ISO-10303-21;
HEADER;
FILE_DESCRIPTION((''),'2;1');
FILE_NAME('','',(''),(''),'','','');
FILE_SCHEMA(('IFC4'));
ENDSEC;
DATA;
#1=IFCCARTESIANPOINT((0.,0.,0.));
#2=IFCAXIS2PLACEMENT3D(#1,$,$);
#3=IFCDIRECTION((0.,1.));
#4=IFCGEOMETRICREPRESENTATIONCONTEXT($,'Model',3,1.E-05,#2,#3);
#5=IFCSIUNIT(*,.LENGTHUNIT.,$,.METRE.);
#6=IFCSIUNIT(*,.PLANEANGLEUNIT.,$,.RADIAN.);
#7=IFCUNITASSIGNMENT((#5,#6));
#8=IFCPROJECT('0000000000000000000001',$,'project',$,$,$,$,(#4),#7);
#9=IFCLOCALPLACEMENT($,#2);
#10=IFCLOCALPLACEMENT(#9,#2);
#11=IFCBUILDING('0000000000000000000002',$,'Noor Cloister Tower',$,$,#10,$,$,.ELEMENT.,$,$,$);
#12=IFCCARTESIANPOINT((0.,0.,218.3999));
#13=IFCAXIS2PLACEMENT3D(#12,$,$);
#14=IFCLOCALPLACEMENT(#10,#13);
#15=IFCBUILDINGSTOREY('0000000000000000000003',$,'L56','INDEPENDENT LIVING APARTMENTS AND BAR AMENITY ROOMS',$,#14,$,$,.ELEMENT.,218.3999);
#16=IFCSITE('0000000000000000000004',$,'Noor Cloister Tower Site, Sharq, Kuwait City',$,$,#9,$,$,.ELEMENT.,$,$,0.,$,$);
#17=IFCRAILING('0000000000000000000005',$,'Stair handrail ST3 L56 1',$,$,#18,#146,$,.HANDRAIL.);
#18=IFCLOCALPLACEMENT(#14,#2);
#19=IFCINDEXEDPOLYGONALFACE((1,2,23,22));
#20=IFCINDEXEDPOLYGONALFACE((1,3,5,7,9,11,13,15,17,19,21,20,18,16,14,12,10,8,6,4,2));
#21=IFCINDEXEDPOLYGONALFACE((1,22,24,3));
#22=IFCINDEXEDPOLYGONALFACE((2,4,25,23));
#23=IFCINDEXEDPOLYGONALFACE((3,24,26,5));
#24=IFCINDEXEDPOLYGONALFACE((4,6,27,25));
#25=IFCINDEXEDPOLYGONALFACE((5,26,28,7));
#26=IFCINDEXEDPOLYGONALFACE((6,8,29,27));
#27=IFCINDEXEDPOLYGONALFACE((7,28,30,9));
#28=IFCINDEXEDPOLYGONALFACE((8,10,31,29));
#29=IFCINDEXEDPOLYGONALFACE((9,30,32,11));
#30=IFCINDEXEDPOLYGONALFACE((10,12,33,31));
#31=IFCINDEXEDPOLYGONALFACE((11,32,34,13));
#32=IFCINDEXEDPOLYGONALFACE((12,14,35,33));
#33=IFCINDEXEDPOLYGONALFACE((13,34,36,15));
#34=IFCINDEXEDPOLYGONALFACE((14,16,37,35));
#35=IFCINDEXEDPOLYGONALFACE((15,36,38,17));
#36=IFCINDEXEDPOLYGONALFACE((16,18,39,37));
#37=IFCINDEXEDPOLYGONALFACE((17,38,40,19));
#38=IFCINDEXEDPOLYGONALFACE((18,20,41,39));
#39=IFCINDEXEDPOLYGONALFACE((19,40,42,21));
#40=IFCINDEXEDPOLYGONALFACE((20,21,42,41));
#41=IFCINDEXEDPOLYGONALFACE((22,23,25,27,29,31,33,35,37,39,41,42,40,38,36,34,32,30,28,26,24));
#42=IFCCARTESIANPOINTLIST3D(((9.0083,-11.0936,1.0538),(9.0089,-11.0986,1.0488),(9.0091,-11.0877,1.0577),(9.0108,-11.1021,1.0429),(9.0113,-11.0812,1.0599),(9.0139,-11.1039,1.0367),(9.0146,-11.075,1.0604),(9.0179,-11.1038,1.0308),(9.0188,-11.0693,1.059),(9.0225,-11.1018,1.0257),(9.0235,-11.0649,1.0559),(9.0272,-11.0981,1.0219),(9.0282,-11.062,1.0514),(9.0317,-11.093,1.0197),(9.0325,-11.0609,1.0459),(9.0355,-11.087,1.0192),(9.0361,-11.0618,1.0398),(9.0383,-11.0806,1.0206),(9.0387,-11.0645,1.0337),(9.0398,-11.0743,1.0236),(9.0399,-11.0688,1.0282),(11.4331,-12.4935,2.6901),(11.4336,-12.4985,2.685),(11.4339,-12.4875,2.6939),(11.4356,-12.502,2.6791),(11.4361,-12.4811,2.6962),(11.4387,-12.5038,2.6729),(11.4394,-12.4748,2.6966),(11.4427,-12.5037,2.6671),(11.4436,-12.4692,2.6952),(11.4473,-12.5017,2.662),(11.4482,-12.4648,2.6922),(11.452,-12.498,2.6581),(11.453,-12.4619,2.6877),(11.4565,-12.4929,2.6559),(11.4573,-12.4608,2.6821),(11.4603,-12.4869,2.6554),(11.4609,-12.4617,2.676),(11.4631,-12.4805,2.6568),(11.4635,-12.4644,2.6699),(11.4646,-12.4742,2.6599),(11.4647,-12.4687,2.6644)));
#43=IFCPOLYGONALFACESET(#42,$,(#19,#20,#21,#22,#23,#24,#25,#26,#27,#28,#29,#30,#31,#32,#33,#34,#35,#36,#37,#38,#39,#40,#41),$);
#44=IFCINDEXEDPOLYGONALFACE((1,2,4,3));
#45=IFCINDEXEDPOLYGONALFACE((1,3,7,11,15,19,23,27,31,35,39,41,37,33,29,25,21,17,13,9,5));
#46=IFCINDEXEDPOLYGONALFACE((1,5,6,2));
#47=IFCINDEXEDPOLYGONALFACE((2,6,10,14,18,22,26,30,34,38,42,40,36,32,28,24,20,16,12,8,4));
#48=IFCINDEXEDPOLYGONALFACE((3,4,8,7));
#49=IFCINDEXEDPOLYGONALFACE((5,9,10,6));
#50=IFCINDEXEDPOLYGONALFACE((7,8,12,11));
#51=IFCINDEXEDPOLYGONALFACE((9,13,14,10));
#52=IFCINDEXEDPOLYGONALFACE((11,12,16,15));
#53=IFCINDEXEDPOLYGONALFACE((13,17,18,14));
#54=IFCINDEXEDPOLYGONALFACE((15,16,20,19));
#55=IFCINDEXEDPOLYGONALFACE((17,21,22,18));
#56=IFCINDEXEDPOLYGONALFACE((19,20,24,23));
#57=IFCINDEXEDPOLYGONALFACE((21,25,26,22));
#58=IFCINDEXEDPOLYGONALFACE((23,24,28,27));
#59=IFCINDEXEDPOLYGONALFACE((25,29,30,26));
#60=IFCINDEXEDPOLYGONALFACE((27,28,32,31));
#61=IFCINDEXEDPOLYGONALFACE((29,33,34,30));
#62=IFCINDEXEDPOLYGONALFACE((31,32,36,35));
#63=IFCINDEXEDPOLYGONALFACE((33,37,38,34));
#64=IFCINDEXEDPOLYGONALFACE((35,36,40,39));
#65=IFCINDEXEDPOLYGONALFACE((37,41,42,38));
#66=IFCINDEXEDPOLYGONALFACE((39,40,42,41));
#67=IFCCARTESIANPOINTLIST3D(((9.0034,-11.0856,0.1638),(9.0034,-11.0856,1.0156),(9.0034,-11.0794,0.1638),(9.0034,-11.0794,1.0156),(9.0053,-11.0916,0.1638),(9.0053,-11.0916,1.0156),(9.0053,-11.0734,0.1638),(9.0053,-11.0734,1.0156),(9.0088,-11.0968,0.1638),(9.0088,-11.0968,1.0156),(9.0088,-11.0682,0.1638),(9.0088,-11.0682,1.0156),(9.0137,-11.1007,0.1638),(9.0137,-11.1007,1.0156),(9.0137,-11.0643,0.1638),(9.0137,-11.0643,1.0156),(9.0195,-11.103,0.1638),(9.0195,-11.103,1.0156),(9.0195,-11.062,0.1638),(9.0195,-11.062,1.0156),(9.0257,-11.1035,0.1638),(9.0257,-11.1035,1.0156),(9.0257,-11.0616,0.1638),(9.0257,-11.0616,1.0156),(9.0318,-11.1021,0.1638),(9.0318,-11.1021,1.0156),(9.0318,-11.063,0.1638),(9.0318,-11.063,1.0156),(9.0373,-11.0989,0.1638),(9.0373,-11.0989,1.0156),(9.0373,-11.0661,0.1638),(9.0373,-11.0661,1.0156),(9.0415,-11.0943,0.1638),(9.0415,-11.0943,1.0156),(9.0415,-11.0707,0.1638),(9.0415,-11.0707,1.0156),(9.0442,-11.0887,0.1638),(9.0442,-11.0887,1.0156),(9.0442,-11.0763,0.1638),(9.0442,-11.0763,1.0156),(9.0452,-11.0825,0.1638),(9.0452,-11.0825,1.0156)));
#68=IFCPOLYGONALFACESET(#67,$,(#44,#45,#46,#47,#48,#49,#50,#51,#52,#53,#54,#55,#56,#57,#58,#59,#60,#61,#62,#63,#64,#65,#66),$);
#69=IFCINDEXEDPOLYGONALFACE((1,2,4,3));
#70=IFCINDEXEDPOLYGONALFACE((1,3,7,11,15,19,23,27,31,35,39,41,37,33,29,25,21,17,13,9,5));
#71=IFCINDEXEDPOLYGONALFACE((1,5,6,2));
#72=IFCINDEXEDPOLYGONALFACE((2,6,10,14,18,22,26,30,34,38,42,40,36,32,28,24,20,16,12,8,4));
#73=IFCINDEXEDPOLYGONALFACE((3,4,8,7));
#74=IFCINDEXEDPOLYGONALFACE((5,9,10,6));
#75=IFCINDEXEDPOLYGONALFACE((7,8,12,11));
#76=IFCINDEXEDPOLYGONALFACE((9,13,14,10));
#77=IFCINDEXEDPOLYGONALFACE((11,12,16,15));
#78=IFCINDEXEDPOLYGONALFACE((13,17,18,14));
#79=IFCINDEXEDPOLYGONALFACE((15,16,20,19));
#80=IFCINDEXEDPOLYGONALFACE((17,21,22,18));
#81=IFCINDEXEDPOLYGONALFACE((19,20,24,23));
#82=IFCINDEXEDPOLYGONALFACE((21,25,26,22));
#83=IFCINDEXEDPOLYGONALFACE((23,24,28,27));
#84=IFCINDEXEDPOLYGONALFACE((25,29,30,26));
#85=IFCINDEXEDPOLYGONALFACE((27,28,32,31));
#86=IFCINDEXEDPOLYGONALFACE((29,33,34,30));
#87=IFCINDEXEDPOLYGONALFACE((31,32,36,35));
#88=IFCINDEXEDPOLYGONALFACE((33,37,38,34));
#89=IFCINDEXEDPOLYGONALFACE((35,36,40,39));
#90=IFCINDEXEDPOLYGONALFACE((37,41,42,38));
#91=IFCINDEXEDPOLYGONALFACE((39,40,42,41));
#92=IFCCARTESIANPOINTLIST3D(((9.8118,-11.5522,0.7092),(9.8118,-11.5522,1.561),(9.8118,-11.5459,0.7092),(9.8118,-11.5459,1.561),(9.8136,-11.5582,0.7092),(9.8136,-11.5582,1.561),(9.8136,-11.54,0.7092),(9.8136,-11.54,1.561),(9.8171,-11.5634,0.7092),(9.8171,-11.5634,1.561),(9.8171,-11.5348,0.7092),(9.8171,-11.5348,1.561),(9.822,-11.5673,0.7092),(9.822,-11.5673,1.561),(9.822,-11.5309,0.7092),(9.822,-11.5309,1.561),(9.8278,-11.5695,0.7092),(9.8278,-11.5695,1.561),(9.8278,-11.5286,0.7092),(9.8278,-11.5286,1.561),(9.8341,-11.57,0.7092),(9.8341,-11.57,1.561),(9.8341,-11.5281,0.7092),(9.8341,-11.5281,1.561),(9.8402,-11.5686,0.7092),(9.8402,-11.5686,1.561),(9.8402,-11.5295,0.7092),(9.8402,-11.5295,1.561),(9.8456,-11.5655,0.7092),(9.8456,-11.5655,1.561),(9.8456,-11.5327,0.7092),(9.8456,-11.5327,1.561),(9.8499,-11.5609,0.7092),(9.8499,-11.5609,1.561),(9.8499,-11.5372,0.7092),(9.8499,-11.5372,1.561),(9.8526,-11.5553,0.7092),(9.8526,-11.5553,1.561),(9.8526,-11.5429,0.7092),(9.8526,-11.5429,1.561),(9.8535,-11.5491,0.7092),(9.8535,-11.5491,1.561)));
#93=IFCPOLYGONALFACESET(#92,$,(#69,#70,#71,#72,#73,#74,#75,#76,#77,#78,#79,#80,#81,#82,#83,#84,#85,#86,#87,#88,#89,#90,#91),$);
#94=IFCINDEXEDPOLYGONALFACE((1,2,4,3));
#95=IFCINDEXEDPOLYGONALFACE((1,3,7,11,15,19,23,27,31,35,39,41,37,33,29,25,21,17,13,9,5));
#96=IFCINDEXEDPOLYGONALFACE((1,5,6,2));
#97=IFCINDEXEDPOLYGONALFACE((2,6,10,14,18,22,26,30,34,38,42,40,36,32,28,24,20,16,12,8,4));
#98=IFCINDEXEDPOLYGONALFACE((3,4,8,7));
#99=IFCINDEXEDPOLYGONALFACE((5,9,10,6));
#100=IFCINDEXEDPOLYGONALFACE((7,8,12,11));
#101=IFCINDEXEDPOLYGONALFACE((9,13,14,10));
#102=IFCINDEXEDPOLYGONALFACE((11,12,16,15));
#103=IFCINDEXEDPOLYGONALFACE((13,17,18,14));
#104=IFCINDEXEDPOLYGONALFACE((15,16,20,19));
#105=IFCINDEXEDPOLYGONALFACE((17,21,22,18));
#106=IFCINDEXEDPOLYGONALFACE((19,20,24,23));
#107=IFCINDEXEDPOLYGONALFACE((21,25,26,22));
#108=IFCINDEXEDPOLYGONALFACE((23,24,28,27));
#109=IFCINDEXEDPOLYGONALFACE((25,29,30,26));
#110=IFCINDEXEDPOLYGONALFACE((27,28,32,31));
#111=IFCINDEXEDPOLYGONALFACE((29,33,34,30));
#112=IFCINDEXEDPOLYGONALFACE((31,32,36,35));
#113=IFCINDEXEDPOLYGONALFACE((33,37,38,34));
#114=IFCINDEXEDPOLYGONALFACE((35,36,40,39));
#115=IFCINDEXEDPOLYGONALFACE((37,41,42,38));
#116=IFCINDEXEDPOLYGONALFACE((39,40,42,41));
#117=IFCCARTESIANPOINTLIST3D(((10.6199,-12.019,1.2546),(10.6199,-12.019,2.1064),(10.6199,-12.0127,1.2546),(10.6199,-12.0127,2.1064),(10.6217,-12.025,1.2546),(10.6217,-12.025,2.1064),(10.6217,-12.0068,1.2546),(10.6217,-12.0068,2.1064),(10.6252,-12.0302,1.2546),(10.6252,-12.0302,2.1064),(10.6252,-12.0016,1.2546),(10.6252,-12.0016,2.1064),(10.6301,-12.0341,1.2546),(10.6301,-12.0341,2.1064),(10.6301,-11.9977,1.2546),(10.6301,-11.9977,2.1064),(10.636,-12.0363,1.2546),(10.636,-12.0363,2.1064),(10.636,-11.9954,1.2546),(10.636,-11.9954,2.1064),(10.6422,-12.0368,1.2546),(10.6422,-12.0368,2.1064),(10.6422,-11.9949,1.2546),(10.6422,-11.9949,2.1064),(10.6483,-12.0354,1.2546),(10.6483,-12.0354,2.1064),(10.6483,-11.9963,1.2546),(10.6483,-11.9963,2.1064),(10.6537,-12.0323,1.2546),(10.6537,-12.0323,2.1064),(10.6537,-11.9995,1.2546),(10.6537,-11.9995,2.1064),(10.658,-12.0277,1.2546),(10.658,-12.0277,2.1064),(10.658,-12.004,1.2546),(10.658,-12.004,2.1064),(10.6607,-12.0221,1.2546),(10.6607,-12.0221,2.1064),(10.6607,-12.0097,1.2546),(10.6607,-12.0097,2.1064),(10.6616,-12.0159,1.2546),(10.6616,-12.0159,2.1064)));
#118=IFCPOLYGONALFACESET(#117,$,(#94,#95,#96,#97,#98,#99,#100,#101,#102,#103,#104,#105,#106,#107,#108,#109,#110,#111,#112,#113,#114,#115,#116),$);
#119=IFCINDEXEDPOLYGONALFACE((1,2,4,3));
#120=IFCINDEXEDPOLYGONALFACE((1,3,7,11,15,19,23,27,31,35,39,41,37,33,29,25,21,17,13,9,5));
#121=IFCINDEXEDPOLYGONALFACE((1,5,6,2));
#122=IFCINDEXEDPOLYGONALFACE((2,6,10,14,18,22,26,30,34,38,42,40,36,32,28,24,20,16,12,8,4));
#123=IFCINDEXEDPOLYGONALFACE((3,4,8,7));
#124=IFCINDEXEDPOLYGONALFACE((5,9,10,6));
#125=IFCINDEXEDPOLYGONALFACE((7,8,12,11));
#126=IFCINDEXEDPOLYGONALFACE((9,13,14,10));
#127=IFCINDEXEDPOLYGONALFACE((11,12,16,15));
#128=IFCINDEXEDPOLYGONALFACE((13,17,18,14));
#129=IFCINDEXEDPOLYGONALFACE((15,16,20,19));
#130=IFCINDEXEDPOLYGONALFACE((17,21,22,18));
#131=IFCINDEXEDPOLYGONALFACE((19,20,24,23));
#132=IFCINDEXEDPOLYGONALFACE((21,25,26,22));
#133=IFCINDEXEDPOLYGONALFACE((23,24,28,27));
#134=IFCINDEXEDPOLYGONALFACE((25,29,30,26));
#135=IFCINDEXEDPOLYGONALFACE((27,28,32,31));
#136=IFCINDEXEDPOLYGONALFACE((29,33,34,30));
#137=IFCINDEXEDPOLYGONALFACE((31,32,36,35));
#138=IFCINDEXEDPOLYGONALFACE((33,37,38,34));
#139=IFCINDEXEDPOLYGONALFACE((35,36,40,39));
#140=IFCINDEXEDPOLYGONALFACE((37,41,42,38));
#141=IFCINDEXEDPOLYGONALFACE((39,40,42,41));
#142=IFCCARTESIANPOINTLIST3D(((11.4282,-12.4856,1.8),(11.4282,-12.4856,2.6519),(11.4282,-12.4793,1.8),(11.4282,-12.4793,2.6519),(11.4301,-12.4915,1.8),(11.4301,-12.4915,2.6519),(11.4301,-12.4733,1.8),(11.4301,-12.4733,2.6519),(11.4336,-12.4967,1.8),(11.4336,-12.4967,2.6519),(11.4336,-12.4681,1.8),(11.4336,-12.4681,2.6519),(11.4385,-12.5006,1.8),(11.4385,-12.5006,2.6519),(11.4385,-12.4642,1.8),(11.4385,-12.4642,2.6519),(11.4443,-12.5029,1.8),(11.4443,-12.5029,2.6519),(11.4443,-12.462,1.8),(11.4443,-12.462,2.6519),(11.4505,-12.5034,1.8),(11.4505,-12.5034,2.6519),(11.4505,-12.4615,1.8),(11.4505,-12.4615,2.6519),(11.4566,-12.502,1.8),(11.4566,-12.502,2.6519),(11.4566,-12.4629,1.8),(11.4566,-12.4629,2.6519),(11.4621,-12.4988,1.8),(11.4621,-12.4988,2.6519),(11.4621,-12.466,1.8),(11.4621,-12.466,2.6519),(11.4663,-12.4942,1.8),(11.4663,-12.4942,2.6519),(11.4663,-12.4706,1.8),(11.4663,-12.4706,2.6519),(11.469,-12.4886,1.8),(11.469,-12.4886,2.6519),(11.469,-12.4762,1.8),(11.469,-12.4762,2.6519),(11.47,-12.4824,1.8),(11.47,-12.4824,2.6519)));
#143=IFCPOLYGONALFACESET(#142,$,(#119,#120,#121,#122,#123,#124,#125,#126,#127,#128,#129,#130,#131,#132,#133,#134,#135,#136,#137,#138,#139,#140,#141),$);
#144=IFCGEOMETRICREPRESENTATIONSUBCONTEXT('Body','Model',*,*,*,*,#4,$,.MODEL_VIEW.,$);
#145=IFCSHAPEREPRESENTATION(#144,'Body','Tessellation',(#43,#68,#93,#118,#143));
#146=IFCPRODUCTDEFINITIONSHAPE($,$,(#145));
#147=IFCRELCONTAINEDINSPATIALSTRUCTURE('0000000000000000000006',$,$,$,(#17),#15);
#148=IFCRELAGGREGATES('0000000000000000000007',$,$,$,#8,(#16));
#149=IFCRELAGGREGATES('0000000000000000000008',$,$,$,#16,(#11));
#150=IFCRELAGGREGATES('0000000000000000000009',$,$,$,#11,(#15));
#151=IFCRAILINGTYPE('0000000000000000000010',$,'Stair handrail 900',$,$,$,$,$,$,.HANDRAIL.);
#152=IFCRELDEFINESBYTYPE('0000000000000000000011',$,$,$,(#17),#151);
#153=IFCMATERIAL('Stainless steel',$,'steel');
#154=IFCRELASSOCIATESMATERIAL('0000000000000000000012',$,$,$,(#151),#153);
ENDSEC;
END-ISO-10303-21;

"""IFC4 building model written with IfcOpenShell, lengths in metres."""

from ifc_helpers import new_model, si_unit, direction, frame, origin, origin_2d, place, context, subcontext, project, spatial, circle, extrude, material, type_object, element, save


model = new_model("IFC4")

# Units and contexts
model_context = context("Model", 3, precision=1e-05, world=origin(), true_north=direction((0.0, 1.0)))
body_context = subcontext(model_context, "Body", "Model", "MODEL_VIEW")
ifc_project = project(units=[si_unit("LENGTHUNIT", "METRE"), si_unit("PLANEANGLEUNIT", "RADIAN")], contexts=[model_context])

# Site, building, storey
site_placement = place(None, origin())
site = spatial("IfcSite", under=ifc_project, at=site_placement, Name="Noor Cloister Tower Site, Sharq, Kuwait City", CompositionType="ELEMENT", RefElevation=0.0)
building_placement = place(site_placement, origin())
building = spatial("IfcBuilding", under=site, at=building_placement, Name="Noor Cloister Tower", CompositionType="ELEMENT")
storey_placement = place(building_placement, frame((0.0, 0.0, 218.3999)))
storey = spatial("IfcBuildingStorey", under=building, at=storey_placement, Name="L56", Description="INDEPENDENT LIVING APARTMENTS AND BAR AMENITY ROOMS", CompositionType="ELEMENT", Elevation=218.3999)

# Railing
ifc_material_1 = material(Name="Stainless steel", Category="steel")
railing_type_1 = type_object("IfcRailingType", Name="Stair handrail 900", PredefinedType="HANDRAIL", material=ifc_material_1)
railing_1_placement = place(storey_placement, frame((9.0242, -11.0825, 0.1638)))
element("IfcRailing", 1, at=railing_1_placement, inside=storey, type_object=railing_type_1, Name="Stair handrail ST3 L56 1", PredefinedType="HANDRAIL", context=body_context, shape_type="SweptSolid", body=[
    extrude(circle(Radius=0.0239, at=origin_2d()), frame((0.0, 0.0, 0.876), z_axis=(0.747718, -0.431677, 0.504552), x_axis=(0.499984, 0.866035, 0.0)), (0.0, 0.0, 1.0), 3.2429),
    extrude(circle(Radius=0.021, at=origin_2d()), origin(), (0.0, 0.0, 1.0), 0.8518),
    extrude(circle(Radius=0.021, at=origin_2d()), frame((0.8083, -0.4666, 0.5454)), (0.0, 0.0, 1.0), 0.8518),
    extrude(circle(Radius=0.021, at=origin_2d()), frame((1.6165, -0.9333, 1.0908)), (0.0, 0.0, 1.0), 0.8518),
    extrude(circle(Radius=0.021, at=origin_2d()), frame((2.4248, -1.3999, 1.6362)), (0.0, 0.0, 1.0), 0.8518),
])

save(model, "model.ifc")
